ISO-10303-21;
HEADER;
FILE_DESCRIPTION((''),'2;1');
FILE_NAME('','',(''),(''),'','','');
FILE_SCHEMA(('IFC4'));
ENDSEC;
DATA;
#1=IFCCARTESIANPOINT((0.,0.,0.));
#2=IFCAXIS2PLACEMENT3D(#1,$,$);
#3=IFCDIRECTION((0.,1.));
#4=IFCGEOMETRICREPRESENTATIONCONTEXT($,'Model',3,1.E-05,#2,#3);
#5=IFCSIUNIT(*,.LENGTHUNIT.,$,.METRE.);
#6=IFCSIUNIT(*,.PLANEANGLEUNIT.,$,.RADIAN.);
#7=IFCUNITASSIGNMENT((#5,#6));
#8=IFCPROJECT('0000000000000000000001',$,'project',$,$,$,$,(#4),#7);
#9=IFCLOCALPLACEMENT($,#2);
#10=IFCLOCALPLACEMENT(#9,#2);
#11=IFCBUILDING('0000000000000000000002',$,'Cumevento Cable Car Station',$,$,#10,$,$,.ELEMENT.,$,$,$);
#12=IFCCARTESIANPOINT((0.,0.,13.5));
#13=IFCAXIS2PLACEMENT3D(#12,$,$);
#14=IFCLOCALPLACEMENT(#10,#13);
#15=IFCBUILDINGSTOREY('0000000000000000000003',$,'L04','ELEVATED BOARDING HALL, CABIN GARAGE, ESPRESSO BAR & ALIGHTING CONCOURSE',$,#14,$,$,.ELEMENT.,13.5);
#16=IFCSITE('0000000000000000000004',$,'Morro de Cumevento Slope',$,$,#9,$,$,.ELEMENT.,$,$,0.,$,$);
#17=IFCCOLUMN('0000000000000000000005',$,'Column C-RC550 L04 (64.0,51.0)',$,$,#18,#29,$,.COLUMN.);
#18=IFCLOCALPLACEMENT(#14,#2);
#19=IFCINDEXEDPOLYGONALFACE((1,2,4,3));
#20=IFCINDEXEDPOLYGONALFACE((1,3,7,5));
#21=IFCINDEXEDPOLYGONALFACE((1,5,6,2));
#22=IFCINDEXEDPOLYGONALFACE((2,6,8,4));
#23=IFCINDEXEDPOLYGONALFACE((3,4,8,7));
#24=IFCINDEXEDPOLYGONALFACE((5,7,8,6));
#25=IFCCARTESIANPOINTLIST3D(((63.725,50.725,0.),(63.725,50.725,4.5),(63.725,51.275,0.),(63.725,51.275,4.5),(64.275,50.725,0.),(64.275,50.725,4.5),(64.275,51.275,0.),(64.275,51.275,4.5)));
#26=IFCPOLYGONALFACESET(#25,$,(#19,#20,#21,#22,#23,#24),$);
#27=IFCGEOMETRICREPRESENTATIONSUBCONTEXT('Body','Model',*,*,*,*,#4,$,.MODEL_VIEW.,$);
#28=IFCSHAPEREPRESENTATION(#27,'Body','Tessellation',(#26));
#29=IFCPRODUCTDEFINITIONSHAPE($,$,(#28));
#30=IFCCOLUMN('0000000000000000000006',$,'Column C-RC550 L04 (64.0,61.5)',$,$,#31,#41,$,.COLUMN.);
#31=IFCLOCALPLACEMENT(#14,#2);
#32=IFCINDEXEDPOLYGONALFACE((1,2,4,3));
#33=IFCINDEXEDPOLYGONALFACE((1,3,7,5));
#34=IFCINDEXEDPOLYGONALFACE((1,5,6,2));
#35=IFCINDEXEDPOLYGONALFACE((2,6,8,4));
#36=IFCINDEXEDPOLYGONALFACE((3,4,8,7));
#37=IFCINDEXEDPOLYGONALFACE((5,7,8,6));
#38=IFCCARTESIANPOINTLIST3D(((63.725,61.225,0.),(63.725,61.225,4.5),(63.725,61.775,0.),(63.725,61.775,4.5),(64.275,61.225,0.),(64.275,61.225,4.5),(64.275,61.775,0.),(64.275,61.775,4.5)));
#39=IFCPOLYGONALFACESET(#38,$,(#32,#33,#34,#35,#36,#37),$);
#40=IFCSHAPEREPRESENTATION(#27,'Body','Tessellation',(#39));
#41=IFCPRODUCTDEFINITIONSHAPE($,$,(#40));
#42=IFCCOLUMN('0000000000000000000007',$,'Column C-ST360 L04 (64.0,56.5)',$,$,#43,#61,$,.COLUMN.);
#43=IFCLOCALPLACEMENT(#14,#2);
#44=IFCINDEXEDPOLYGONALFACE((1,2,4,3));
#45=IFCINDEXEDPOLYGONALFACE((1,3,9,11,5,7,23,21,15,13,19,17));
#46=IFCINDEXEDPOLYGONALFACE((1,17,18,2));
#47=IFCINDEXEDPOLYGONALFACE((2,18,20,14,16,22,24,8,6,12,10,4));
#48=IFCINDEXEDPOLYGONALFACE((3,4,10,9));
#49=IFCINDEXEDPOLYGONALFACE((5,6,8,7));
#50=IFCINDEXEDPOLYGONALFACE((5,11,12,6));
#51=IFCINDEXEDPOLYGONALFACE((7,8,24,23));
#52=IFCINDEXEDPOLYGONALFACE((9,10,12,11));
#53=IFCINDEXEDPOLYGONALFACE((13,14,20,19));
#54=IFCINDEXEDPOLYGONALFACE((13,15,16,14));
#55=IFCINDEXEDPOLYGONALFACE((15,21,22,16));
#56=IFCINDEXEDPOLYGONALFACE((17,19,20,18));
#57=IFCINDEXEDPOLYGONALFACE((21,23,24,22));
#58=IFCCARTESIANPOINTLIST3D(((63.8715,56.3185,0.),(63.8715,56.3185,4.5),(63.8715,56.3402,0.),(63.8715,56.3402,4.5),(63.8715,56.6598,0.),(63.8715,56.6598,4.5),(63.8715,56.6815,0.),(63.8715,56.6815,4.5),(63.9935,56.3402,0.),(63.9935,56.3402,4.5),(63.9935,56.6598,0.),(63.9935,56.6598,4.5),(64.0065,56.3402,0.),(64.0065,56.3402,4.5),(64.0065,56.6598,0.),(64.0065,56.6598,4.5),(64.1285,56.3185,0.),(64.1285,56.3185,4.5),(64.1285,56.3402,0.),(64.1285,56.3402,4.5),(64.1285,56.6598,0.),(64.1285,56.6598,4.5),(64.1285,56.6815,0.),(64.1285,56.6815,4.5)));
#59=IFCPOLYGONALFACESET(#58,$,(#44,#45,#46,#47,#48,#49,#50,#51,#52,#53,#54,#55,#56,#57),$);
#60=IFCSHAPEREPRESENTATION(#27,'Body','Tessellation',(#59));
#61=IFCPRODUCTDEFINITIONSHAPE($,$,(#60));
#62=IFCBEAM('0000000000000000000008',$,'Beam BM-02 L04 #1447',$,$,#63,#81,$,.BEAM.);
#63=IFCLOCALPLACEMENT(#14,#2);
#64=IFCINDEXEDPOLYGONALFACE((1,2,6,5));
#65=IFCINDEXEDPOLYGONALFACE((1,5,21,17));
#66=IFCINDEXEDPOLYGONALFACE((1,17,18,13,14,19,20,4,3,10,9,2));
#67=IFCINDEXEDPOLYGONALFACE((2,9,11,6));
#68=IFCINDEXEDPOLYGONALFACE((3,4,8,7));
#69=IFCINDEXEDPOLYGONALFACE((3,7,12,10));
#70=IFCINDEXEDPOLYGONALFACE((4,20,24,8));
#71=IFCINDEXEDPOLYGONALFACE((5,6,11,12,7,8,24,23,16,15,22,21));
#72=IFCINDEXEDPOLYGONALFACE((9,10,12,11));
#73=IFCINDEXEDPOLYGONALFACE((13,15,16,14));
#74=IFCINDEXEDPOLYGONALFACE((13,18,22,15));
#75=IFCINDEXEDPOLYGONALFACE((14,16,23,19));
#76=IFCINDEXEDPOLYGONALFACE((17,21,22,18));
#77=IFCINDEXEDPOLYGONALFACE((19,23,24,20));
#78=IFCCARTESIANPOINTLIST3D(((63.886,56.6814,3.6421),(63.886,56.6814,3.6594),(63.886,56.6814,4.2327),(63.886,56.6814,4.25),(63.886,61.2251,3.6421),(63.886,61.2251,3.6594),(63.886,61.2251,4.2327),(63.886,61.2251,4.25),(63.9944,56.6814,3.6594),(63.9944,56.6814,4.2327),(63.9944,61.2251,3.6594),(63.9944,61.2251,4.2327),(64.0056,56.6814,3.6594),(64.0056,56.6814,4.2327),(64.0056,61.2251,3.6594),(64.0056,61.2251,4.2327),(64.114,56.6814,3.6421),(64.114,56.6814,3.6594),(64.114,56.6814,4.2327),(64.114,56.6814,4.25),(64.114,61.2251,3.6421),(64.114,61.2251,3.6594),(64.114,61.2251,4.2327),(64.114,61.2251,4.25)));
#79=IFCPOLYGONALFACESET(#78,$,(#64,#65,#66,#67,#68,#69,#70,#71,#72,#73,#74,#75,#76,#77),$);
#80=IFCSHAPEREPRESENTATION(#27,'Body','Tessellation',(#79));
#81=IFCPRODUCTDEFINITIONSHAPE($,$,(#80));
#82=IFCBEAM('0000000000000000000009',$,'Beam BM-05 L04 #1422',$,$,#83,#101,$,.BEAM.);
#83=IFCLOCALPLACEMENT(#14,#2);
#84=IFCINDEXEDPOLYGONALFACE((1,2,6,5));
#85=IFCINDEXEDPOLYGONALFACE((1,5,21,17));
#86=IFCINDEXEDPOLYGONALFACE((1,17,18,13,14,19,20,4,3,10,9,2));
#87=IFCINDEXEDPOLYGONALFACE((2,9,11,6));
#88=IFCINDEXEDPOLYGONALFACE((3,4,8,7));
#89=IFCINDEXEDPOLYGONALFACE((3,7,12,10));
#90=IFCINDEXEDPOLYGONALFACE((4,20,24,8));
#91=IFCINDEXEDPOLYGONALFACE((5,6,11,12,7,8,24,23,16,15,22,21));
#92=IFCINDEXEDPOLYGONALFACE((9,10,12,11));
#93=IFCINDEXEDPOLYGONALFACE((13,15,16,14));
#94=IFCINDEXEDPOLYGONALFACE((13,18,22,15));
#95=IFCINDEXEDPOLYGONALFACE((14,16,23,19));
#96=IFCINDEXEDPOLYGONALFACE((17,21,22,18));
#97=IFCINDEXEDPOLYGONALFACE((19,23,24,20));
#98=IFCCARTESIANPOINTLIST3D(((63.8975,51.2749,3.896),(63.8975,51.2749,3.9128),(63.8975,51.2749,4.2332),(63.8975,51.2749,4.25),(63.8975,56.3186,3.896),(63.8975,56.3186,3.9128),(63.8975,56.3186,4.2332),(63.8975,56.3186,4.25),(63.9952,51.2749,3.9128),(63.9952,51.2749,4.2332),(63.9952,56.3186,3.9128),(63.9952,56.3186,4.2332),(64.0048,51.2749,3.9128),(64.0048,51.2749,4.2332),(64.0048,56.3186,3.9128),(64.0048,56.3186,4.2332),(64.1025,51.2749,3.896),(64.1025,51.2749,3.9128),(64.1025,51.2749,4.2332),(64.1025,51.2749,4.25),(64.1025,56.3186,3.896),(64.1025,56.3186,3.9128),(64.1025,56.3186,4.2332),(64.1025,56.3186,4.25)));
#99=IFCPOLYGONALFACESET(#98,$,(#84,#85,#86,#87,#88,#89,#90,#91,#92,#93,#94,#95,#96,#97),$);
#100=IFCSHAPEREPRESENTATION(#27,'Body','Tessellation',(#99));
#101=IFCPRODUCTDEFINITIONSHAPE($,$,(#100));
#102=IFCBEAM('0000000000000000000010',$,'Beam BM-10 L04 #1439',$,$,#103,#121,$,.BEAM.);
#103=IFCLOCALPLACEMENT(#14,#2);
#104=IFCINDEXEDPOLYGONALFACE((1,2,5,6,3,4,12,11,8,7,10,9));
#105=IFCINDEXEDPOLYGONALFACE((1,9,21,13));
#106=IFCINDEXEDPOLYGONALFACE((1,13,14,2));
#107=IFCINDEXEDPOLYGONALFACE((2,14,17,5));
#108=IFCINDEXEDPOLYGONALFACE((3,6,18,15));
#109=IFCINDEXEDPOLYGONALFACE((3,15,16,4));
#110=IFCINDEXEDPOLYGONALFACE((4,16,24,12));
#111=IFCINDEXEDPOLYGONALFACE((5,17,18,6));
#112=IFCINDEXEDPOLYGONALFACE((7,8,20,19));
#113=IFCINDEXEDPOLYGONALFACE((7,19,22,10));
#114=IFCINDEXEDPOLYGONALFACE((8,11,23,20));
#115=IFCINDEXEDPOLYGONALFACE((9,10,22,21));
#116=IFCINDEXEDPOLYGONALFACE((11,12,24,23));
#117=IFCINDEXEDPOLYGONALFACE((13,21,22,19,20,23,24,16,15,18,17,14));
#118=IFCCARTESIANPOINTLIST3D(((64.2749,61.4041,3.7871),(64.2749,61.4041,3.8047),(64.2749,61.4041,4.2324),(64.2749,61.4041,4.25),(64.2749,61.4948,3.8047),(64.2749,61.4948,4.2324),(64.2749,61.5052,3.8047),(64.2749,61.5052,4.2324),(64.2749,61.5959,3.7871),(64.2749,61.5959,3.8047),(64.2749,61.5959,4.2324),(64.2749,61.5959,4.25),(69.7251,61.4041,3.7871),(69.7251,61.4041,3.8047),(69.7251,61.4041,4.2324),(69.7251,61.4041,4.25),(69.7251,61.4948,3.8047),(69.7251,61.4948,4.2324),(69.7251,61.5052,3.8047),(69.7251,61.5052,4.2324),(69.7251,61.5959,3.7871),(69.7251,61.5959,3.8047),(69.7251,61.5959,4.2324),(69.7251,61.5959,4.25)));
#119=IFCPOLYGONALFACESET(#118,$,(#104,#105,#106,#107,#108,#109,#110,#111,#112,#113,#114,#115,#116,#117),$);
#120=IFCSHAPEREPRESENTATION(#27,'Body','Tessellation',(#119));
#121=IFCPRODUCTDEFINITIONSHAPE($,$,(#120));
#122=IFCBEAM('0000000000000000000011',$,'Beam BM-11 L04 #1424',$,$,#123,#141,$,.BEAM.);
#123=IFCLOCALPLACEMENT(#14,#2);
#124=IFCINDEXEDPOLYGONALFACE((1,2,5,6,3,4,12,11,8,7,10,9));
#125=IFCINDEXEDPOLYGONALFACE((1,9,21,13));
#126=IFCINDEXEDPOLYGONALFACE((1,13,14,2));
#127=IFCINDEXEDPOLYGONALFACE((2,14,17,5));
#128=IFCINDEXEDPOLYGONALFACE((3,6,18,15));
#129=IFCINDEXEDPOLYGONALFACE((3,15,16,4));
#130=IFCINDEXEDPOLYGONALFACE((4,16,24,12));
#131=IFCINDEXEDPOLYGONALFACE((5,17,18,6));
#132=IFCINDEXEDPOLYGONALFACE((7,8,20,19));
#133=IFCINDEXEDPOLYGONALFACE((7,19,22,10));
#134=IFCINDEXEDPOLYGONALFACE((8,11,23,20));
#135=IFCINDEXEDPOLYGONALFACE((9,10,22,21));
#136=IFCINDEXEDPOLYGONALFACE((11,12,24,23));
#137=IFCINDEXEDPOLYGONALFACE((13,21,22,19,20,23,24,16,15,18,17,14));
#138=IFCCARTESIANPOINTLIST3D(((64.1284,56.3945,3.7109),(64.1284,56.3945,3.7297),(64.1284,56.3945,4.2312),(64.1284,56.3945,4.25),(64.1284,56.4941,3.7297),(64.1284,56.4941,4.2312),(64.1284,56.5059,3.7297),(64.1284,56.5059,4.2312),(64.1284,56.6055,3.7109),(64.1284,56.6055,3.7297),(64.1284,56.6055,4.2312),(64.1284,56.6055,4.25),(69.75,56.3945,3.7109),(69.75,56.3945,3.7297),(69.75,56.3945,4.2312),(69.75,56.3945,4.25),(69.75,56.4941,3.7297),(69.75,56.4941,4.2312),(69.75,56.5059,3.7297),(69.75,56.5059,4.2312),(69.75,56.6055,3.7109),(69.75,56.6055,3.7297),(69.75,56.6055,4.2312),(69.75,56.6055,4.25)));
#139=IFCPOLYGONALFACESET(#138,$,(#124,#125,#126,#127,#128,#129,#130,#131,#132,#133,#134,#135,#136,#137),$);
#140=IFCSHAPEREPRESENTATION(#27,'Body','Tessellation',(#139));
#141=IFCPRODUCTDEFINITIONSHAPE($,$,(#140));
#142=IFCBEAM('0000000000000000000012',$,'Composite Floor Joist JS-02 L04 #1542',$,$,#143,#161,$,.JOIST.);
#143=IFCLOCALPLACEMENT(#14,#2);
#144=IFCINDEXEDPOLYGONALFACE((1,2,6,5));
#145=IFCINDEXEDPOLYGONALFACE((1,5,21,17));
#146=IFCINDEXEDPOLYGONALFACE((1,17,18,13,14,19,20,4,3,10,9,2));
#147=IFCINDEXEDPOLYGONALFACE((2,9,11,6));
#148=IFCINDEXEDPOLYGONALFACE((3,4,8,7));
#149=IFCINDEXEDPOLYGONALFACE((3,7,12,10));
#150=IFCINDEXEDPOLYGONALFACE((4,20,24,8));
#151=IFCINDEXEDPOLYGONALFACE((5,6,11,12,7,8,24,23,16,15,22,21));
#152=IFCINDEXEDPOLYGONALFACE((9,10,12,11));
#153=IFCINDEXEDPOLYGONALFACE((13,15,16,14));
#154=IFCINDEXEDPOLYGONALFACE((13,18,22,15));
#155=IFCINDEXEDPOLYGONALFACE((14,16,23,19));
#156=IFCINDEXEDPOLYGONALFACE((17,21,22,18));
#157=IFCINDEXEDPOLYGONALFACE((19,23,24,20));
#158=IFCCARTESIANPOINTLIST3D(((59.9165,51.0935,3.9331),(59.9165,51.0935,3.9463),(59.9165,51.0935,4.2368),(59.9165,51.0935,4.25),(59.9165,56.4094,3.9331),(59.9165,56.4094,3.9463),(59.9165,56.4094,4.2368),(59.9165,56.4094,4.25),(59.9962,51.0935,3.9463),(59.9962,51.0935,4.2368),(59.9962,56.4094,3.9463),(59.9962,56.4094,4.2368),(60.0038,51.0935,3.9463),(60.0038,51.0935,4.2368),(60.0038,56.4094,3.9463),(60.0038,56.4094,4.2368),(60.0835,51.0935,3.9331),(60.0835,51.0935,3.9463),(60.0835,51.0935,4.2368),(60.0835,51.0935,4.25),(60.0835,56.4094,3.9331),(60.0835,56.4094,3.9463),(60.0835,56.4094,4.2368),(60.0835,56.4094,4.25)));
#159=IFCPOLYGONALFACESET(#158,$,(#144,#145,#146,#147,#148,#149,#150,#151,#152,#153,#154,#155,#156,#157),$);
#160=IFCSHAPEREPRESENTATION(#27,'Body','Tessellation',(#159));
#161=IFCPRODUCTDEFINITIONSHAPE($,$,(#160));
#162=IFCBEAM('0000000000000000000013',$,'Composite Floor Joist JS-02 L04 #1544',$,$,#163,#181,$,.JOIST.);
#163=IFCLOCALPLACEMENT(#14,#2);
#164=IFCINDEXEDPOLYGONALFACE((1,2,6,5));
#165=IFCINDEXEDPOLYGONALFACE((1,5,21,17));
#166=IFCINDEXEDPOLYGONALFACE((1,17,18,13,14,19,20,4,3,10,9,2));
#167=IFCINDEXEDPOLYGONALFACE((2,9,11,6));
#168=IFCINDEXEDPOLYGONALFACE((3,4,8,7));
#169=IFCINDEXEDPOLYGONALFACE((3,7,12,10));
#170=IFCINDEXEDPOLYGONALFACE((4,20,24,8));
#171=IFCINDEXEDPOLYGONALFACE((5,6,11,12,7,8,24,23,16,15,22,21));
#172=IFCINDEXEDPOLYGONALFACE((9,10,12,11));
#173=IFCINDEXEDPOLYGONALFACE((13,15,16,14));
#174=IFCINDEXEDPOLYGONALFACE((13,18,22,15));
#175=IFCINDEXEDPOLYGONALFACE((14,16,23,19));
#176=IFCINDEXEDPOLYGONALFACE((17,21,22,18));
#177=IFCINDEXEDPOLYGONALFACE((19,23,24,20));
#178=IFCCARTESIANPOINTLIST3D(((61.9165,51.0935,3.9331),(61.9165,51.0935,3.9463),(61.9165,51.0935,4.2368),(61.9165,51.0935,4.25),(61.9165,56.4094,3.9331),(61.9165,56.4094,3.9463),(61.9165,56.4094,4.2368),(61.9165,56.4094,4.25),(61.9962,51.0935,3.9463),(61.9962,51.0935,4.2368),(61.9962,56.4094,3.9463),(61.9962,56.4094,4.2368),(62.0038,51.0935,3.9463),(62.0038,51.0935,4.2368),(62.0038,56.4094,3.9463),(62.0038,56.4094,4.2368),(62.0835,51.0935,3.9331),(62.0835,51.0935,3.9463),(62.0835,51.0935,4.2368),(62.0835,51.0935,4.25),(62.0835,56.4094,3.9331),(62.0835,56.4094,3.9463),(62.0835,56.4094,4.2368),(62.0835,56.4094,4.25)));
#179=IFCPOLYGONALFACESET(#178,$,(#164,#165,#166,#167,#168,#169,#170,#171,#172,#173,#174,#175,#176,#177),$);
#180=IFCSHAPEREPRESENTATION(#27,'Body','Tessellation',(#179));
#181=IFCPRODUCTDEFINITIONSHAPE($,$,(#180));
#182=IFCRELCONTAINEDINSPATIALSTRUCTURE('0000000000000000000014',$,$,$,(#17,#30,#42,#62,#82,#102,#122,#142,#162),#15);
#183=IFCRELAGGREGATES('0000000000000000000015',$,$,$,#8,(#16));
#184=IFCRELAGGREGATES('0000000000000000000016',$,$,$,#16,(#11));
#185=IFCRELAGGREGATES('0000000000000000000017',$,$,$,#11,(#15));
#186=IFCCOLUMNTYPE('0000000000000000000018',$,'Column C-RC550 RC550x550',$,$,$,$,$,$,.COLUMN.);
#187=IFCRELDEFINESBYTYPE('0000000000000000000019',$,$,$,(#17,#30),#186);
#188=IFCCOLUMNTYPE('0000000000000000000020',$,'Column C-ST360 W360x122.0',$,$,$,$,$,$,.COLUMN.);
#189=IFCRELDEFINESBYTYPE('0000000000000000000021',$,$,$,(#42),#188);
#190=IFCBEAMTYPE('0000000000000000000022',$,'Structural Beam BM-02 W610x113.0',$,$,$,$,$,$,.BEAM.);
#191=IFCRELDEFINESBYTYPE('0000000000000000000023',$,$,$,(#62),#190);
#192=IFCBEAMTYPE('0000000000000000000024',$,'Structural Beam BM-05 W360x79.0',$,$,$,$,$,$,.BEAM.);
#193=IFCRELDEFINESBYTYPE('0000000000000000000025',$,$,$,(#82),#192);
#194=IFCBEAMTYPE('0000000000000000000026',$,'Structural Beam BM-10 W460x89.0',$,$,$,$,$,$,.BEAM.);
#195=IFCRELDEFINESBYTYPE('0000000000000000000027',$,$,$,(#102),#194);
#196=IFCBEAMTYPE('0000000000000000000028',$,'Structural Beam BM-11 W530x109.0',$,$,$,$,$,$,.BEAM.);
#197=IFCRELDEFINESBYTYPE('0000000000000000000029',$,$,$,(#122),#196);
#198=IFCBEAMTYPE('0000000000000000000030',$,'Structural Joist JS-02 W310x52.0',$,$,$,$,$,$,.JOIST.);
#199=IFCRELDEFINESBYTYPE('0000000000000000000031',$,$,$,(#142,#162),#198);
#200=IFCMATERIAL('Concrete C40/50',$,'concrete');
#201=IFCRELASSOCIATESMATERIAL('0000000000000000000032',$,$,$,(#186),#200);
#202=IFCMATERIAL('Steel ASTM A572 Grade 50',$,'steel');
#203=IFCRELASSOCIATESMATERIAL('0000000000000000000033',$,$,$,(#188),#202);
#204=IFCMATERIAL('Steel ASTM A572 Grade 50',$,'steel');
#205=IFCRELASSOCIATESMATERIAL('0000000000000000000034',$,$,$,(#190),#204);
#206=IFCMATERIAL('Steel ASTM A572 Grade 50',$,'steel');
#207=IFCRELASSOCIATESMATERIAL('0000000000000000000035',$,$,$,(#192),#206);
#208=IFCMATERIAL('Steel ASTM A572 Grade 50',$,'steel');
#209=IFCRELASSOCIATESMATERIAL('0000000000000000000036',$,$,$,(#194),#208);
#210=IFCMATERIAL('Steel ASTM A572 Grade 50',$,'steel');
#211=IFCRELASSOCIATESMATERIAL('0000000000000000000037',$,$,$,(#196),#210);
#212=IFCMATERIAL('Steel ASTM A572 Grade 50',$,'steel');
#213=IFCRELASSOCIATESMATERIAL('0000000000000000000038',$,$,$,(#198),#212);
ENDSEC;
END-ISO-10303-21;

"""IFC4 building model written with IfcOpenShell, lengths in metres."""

from ifc_helpers import new_model, si_unit, direction, frame, origin, origin_2d, place, context, subcontext, project, spatial, rectangle, i_section, extrude, material, material_profile, profile_set, type_object, element, save


model = new_model("IFC4")

# Units and contexts
model_context = context("Model", 3, precision=1e-05, world=origin(), true_north=direction((0.0, 1.0)))
body_context = subcontext(model_context, "Body", "Model", "MODEL_VIEW")
ifc_project = project(units=[si_unit("LENGTHUNIT", "METRE"), si_unit("PLANEANGLEUNIT", "RADIAN")], contexts=[model_context])

# Site, building, storey
site_placement = place(None, origin())
site = spatial("IfcSite", under=ifc_project, at=site_placement, Name="Morro de Cumevento Slope", CompositionType="ELEMENT", RefElevation=0.0)
building_placement = place(site_placement, origin())
building = spatial("IfcBuilding", under=site, at=building_placement, Name="Cumevento Cable Car Station", CompositionType="ELEMENT")
storey_placement = place(building_placement, frame((0.0, 0.0, 13.5)))
storey = spatial("IfcBuildingStorey", under=building, at=storey_placement, Name="L04", Description="ELEVATED BOARDING HALL, CABIN GARAGE, ESPRESSO BAR & ALIGHTING CONCOURSE", CompositionType="ELEMENT", Elevation=13.5)

# Columns
ifc_material_1 = material(Name="Concrete C40/50", Category="concrete")
ifc_material_profile_1 = material_profile(ifc_material_1, rectangle(XDim=0.55, YDim=0.55, at=origin_2d()), Name="RC550x550")
ifc_profile_set_1 = profile_set([ifc_material_profile_1], Name="Concrete C40/50")
column_type_1 = type_object("IfcColumnType", Name="Column C-RC550 RC550x550", PredefinedType="COLUMN", material=ifc_profile_set_1)
for number, where, z_axis, x_axis, name in (
    (1, (64.0, 51.0, 0.0), (0.0, 0.0, 1.0), (1.0, 0.0, 0.0), "Column C-RC550 L04 (64.0,51.0)"),
    (2, (64.0, 61.5, 0.0), (0.0, 0.0, 1.0), (1.0, 0.0, 0.0), "Column C-RC550 L04 (64.0,61.5)"),
):
    element("IfcColumn", number, at=place(storey_placement, frame(where, z_axis=z_axis, x_axis=x_axis)), inside=storey, type_object=column_type_1, Name=name, PredefinedType="COLUMN", context=body_context, shape_type="SweptSolid", body=[
        extrude(rectangle(XDim=0.55, YDim=0.55, at=origin_2d()), origin(), (0.0, 0.0, 1.0), 4.5),
    ])
ifc_material_2 = material(Name="Steel ASTM A572 Grade 50", Category="steel")
ifc_material_profile_2 = material_profile(ifc_material_2, i_section(OverallWidth=0.2571, OverallDepth=0.363, WebThickness=0.0129, FlangeThickness=0.0217, at=origin_2d()), Name="W360x122.0")
ifc_profile_set_2 = profile_set([ifc_material_profile_2], Name="Steel ASTM A572 Grade 50")
column_type_2 = type_object("IfcColumnType", Name="Column C-ST360 W360x122.0", PredefinedType="COLUMN", material=ifc_profile_set_2)
column_placement = place(storey_placement, frame((64.0, 56.5, 0.0), z_axis=(0.0, 0.0, 1.0), x_axis=(1.0, 0.0, 0.0)))
element("IfcColumn", 3, at=column_placement, inside=storey, type_object=column_type_2, Name="Column C-ST360 L04 (64.0,56.5)", PredefinedType="COLUMN", context=body_context, shape_type="SweptSolid", body=[
    extrude(i_section(OverallWidth=0.2571, OverallDepth=0.363, WebThickness=0.0129, FlangeThickness=0.0217, at=origin_2d()), origin(), (0.0, 0.0, 1.0), 4.5),
])

# Beams
ifc_material_3 = material(Name="Steel ASTM A572 Grade 50", Category="steel")
ifc_material_profile_3 = material_profile(ifc_material_3, i_section(OverallWidth=0.228, OverallDepth=0.6079, WebThickness=0.0112, FlangeThickness=0.0173, at=origin_2d()), Name="W610x113.0")
ifc_profile_set_3 = profile_set([ifc_material_profile_3], Name="Steel ASTM A572 Grade 50")
beam_type_1 = type_object("IfcBeamType", Name="Structural Beam BM-02 W610x113.0", PredefinedType="BEAM", material=ifc_profile_set_3)
beam_1_placement = place(storey_placement, frame((64.0, 56.6814, 3.946), z_axis=(0.0, 1.0, 0.0), x_axis=(-1.0, 0.0, 0.0)))
element("IfcBeam", 4, at=beam_1_placement, inside=storey, type_object=beam_type_1, Name="Beam BM-02 L04 #1447", PredefinedType="BEAM", context=body_context, shape_type="SweptSolid", body=[
    extrude(i_section(OverallWidth=0.228, OverallDepth=0.6079, WebThickness=0.0112, FlangeThickness=0.0173, at=origin_2d()), origin(), (0.0, 0.0, 1.0), 4.5437),
])
ifc_material_4 = material(Name="Steel ASTM A572 Grade 50", Category="steel")
ifc_material_profile_4 = material_profile(ifc_material_4, i_section(OverallWidth=0.2051, OverallDepth=0.354, WebThickness=0.0095, FlangeThickness=0.0168, at=origin_2d()), Name="W360x79.0")
ifc_profile_set_4 = profile_set([ifc_material_profile_4], Name="Steel ASTM A572 Grade 50")
beam_type_2 = type_object("IfcBeamType", Name="Structural Beam BM-05 W360x79.0", PredefinedType="BEAM", material=ifc_profile_set_4)
beam_2_placement = place(storey_placement, frame((64.0, 51.2749, 4.073), z_axis=(0.0, 1.0, 0.0), x_axis=(-1.0, 0.0, 0.0)))
element("IfcBeam", 5, at=beam_2_placement, inside=storey, type_object=beam_type_2, Name="Beam BM-05 L04 #1422", PredefinedType="BEAM", context=body_context, shape_type="SweptSolid", body=[
    extrude(i_section(OverallWidth=0.2051, OverallDepth=0.354, WebThickness=0.0095, FlangeThickness=0.0168, at=origin_2d()), origin(), (0.0, 0.0, 1.0), 5.0437),
])
ifc_material_5 = material(Name="Steel ASTM A572 Grade 50", Category="steel")
ifc_material_profile_5 = material_profile(ifc_material_5, i_section(OverallWidth=0.1919, OverallDepth=0.4629, WebThickness=0.0105, FlangeThickness=0.0176, at=origin_2d()), Name="W460x89.0")
ifc_profile_set_5 = profile_set([ifc_material_profile_5], Name="Steel ASTM A572 Grade 50")
beam_type_3 = type_object("IfcBeamType", Name="Structural Beam BM-10 W460x89.0", PredefinedType="BEAM", material=ifc_profile_set_5)
beam_3_placement = place(storey_placement, frame((64.2749, 61.5, 4.0186), z_axis=(1.0, 0.0, 0.0), x_axis=(0.0, 1.0, 0.0)))
element("IfcBeam", 6, at=beam_3_placement, inside=storey, type_object=beam_type_3, Name="Beam BM-10 L04 #1439", PredefinedType="BEAM", context=body_context, shape_type="SweptSolid", body=[
    extrude(i_section(OverallWidth=0.1919, OverallDepth=0.4629, WebThickness=0.0105, FlangeThickness=0.0176, at=origin_2d()), origin(), (0.0, 0.0, 1.0), 5.4502),
])
ifc_material_6 = material(Name="Steel ASTM A572 Grade 50", Category="steel")
ifc_material_profile_6 = material_profile(ifc_material_6, i_section(OverallWidth=0.2109, OverallDepth=0.5391, WebThickness=0.0117, FlangeThickness=0.0188, at=origin_2d()), Name="W530x109.0")
ifc_profile_set_6 = profile_set([ifc_material_profile_6], Name="Steel ASTM A572 Grade 50")
beam_type_4 = type_object("IfcBeamType", Name="Structural Beam BM-11 W530x109.0", PredefinedType="BEAM", material=ifc_profile_set_6)
beam_4_placement = place(storey_placement, frame((64.1284, 56.5, 3.9805), z_axis=(1.0, 0.0, 0.0), x_axis=(0.0, 1.0, 0.0)))
element("IfcBeam", 7, at=beam_4_placement, inside=storey, type_object=beam_type_4, Name="Beam BM-11 L04 #1424", PredefinedType="BEAM", context=body_context, shape_type="SweptSolid", body=[
    extrude(i_section(OverallWidth=0.2109, OverallDepth=0.5391, WebThickness=0.0117, FlangeThickness=0.0188, at=origin_2d()), origin(), (0.0, 0.0, 1.0), 5.6216),
])
ifc_material_7 = material(Name="Steel ASTM A572 Grade 50", Category="steel")
ifc_material_profile_7 = material_profile(ifc_material_7, i_section(OverallWidth=0.167, OverallDepth=0.3169, WebThickness=0.0076, FlangeThickness=0.0132, at=origin_2d()), Name="W310x52.0")
ifc_profile_set_7 = profile_set([ifc_material_profile_7], Name="Steel ASTM A572 Grade 50")
beam_type_5 = type_object("IfcBeamType", Name="Structural Joist JS-02 W310x52.0", PredefinedType="JOIST", material=ifc_profile_set_7)
for number, where, z_axis, x_axis, name in (
    (8, (60.0, 51.0935, 4.0916), (0.0, 1.0, 0.0), (-1.0, 0.0, 0.0), "Composite Floor Joist JS-02 L04 #1542"),
    (9, (62.0, 51.0935, 4.0916), (0.0, 1.0, 0.0), (-1.0, 0.0, 0.0), "Composite Floor Joist JS-02 L04 #1544"),
):
    element("IfcBeam", number, at=place(storey_placement, frame(where, z_axis=z_axis, x_axis=x_axis)), inside=storey, type_object=beam_type_5, Name=name, PredefinedType="JOIST", context=body_context, shape_type="SweptSolid", body=[
        extrude(i_section(OverallWidth=0.167, OverallDepth=0.3169, WebThickness=0.0076, FlangeThickness=0.0132, at=origin_2d()), origin(), (0.0, 0.0, 1.0), 5.3159),
    ])

save(model, "model.ifc")
